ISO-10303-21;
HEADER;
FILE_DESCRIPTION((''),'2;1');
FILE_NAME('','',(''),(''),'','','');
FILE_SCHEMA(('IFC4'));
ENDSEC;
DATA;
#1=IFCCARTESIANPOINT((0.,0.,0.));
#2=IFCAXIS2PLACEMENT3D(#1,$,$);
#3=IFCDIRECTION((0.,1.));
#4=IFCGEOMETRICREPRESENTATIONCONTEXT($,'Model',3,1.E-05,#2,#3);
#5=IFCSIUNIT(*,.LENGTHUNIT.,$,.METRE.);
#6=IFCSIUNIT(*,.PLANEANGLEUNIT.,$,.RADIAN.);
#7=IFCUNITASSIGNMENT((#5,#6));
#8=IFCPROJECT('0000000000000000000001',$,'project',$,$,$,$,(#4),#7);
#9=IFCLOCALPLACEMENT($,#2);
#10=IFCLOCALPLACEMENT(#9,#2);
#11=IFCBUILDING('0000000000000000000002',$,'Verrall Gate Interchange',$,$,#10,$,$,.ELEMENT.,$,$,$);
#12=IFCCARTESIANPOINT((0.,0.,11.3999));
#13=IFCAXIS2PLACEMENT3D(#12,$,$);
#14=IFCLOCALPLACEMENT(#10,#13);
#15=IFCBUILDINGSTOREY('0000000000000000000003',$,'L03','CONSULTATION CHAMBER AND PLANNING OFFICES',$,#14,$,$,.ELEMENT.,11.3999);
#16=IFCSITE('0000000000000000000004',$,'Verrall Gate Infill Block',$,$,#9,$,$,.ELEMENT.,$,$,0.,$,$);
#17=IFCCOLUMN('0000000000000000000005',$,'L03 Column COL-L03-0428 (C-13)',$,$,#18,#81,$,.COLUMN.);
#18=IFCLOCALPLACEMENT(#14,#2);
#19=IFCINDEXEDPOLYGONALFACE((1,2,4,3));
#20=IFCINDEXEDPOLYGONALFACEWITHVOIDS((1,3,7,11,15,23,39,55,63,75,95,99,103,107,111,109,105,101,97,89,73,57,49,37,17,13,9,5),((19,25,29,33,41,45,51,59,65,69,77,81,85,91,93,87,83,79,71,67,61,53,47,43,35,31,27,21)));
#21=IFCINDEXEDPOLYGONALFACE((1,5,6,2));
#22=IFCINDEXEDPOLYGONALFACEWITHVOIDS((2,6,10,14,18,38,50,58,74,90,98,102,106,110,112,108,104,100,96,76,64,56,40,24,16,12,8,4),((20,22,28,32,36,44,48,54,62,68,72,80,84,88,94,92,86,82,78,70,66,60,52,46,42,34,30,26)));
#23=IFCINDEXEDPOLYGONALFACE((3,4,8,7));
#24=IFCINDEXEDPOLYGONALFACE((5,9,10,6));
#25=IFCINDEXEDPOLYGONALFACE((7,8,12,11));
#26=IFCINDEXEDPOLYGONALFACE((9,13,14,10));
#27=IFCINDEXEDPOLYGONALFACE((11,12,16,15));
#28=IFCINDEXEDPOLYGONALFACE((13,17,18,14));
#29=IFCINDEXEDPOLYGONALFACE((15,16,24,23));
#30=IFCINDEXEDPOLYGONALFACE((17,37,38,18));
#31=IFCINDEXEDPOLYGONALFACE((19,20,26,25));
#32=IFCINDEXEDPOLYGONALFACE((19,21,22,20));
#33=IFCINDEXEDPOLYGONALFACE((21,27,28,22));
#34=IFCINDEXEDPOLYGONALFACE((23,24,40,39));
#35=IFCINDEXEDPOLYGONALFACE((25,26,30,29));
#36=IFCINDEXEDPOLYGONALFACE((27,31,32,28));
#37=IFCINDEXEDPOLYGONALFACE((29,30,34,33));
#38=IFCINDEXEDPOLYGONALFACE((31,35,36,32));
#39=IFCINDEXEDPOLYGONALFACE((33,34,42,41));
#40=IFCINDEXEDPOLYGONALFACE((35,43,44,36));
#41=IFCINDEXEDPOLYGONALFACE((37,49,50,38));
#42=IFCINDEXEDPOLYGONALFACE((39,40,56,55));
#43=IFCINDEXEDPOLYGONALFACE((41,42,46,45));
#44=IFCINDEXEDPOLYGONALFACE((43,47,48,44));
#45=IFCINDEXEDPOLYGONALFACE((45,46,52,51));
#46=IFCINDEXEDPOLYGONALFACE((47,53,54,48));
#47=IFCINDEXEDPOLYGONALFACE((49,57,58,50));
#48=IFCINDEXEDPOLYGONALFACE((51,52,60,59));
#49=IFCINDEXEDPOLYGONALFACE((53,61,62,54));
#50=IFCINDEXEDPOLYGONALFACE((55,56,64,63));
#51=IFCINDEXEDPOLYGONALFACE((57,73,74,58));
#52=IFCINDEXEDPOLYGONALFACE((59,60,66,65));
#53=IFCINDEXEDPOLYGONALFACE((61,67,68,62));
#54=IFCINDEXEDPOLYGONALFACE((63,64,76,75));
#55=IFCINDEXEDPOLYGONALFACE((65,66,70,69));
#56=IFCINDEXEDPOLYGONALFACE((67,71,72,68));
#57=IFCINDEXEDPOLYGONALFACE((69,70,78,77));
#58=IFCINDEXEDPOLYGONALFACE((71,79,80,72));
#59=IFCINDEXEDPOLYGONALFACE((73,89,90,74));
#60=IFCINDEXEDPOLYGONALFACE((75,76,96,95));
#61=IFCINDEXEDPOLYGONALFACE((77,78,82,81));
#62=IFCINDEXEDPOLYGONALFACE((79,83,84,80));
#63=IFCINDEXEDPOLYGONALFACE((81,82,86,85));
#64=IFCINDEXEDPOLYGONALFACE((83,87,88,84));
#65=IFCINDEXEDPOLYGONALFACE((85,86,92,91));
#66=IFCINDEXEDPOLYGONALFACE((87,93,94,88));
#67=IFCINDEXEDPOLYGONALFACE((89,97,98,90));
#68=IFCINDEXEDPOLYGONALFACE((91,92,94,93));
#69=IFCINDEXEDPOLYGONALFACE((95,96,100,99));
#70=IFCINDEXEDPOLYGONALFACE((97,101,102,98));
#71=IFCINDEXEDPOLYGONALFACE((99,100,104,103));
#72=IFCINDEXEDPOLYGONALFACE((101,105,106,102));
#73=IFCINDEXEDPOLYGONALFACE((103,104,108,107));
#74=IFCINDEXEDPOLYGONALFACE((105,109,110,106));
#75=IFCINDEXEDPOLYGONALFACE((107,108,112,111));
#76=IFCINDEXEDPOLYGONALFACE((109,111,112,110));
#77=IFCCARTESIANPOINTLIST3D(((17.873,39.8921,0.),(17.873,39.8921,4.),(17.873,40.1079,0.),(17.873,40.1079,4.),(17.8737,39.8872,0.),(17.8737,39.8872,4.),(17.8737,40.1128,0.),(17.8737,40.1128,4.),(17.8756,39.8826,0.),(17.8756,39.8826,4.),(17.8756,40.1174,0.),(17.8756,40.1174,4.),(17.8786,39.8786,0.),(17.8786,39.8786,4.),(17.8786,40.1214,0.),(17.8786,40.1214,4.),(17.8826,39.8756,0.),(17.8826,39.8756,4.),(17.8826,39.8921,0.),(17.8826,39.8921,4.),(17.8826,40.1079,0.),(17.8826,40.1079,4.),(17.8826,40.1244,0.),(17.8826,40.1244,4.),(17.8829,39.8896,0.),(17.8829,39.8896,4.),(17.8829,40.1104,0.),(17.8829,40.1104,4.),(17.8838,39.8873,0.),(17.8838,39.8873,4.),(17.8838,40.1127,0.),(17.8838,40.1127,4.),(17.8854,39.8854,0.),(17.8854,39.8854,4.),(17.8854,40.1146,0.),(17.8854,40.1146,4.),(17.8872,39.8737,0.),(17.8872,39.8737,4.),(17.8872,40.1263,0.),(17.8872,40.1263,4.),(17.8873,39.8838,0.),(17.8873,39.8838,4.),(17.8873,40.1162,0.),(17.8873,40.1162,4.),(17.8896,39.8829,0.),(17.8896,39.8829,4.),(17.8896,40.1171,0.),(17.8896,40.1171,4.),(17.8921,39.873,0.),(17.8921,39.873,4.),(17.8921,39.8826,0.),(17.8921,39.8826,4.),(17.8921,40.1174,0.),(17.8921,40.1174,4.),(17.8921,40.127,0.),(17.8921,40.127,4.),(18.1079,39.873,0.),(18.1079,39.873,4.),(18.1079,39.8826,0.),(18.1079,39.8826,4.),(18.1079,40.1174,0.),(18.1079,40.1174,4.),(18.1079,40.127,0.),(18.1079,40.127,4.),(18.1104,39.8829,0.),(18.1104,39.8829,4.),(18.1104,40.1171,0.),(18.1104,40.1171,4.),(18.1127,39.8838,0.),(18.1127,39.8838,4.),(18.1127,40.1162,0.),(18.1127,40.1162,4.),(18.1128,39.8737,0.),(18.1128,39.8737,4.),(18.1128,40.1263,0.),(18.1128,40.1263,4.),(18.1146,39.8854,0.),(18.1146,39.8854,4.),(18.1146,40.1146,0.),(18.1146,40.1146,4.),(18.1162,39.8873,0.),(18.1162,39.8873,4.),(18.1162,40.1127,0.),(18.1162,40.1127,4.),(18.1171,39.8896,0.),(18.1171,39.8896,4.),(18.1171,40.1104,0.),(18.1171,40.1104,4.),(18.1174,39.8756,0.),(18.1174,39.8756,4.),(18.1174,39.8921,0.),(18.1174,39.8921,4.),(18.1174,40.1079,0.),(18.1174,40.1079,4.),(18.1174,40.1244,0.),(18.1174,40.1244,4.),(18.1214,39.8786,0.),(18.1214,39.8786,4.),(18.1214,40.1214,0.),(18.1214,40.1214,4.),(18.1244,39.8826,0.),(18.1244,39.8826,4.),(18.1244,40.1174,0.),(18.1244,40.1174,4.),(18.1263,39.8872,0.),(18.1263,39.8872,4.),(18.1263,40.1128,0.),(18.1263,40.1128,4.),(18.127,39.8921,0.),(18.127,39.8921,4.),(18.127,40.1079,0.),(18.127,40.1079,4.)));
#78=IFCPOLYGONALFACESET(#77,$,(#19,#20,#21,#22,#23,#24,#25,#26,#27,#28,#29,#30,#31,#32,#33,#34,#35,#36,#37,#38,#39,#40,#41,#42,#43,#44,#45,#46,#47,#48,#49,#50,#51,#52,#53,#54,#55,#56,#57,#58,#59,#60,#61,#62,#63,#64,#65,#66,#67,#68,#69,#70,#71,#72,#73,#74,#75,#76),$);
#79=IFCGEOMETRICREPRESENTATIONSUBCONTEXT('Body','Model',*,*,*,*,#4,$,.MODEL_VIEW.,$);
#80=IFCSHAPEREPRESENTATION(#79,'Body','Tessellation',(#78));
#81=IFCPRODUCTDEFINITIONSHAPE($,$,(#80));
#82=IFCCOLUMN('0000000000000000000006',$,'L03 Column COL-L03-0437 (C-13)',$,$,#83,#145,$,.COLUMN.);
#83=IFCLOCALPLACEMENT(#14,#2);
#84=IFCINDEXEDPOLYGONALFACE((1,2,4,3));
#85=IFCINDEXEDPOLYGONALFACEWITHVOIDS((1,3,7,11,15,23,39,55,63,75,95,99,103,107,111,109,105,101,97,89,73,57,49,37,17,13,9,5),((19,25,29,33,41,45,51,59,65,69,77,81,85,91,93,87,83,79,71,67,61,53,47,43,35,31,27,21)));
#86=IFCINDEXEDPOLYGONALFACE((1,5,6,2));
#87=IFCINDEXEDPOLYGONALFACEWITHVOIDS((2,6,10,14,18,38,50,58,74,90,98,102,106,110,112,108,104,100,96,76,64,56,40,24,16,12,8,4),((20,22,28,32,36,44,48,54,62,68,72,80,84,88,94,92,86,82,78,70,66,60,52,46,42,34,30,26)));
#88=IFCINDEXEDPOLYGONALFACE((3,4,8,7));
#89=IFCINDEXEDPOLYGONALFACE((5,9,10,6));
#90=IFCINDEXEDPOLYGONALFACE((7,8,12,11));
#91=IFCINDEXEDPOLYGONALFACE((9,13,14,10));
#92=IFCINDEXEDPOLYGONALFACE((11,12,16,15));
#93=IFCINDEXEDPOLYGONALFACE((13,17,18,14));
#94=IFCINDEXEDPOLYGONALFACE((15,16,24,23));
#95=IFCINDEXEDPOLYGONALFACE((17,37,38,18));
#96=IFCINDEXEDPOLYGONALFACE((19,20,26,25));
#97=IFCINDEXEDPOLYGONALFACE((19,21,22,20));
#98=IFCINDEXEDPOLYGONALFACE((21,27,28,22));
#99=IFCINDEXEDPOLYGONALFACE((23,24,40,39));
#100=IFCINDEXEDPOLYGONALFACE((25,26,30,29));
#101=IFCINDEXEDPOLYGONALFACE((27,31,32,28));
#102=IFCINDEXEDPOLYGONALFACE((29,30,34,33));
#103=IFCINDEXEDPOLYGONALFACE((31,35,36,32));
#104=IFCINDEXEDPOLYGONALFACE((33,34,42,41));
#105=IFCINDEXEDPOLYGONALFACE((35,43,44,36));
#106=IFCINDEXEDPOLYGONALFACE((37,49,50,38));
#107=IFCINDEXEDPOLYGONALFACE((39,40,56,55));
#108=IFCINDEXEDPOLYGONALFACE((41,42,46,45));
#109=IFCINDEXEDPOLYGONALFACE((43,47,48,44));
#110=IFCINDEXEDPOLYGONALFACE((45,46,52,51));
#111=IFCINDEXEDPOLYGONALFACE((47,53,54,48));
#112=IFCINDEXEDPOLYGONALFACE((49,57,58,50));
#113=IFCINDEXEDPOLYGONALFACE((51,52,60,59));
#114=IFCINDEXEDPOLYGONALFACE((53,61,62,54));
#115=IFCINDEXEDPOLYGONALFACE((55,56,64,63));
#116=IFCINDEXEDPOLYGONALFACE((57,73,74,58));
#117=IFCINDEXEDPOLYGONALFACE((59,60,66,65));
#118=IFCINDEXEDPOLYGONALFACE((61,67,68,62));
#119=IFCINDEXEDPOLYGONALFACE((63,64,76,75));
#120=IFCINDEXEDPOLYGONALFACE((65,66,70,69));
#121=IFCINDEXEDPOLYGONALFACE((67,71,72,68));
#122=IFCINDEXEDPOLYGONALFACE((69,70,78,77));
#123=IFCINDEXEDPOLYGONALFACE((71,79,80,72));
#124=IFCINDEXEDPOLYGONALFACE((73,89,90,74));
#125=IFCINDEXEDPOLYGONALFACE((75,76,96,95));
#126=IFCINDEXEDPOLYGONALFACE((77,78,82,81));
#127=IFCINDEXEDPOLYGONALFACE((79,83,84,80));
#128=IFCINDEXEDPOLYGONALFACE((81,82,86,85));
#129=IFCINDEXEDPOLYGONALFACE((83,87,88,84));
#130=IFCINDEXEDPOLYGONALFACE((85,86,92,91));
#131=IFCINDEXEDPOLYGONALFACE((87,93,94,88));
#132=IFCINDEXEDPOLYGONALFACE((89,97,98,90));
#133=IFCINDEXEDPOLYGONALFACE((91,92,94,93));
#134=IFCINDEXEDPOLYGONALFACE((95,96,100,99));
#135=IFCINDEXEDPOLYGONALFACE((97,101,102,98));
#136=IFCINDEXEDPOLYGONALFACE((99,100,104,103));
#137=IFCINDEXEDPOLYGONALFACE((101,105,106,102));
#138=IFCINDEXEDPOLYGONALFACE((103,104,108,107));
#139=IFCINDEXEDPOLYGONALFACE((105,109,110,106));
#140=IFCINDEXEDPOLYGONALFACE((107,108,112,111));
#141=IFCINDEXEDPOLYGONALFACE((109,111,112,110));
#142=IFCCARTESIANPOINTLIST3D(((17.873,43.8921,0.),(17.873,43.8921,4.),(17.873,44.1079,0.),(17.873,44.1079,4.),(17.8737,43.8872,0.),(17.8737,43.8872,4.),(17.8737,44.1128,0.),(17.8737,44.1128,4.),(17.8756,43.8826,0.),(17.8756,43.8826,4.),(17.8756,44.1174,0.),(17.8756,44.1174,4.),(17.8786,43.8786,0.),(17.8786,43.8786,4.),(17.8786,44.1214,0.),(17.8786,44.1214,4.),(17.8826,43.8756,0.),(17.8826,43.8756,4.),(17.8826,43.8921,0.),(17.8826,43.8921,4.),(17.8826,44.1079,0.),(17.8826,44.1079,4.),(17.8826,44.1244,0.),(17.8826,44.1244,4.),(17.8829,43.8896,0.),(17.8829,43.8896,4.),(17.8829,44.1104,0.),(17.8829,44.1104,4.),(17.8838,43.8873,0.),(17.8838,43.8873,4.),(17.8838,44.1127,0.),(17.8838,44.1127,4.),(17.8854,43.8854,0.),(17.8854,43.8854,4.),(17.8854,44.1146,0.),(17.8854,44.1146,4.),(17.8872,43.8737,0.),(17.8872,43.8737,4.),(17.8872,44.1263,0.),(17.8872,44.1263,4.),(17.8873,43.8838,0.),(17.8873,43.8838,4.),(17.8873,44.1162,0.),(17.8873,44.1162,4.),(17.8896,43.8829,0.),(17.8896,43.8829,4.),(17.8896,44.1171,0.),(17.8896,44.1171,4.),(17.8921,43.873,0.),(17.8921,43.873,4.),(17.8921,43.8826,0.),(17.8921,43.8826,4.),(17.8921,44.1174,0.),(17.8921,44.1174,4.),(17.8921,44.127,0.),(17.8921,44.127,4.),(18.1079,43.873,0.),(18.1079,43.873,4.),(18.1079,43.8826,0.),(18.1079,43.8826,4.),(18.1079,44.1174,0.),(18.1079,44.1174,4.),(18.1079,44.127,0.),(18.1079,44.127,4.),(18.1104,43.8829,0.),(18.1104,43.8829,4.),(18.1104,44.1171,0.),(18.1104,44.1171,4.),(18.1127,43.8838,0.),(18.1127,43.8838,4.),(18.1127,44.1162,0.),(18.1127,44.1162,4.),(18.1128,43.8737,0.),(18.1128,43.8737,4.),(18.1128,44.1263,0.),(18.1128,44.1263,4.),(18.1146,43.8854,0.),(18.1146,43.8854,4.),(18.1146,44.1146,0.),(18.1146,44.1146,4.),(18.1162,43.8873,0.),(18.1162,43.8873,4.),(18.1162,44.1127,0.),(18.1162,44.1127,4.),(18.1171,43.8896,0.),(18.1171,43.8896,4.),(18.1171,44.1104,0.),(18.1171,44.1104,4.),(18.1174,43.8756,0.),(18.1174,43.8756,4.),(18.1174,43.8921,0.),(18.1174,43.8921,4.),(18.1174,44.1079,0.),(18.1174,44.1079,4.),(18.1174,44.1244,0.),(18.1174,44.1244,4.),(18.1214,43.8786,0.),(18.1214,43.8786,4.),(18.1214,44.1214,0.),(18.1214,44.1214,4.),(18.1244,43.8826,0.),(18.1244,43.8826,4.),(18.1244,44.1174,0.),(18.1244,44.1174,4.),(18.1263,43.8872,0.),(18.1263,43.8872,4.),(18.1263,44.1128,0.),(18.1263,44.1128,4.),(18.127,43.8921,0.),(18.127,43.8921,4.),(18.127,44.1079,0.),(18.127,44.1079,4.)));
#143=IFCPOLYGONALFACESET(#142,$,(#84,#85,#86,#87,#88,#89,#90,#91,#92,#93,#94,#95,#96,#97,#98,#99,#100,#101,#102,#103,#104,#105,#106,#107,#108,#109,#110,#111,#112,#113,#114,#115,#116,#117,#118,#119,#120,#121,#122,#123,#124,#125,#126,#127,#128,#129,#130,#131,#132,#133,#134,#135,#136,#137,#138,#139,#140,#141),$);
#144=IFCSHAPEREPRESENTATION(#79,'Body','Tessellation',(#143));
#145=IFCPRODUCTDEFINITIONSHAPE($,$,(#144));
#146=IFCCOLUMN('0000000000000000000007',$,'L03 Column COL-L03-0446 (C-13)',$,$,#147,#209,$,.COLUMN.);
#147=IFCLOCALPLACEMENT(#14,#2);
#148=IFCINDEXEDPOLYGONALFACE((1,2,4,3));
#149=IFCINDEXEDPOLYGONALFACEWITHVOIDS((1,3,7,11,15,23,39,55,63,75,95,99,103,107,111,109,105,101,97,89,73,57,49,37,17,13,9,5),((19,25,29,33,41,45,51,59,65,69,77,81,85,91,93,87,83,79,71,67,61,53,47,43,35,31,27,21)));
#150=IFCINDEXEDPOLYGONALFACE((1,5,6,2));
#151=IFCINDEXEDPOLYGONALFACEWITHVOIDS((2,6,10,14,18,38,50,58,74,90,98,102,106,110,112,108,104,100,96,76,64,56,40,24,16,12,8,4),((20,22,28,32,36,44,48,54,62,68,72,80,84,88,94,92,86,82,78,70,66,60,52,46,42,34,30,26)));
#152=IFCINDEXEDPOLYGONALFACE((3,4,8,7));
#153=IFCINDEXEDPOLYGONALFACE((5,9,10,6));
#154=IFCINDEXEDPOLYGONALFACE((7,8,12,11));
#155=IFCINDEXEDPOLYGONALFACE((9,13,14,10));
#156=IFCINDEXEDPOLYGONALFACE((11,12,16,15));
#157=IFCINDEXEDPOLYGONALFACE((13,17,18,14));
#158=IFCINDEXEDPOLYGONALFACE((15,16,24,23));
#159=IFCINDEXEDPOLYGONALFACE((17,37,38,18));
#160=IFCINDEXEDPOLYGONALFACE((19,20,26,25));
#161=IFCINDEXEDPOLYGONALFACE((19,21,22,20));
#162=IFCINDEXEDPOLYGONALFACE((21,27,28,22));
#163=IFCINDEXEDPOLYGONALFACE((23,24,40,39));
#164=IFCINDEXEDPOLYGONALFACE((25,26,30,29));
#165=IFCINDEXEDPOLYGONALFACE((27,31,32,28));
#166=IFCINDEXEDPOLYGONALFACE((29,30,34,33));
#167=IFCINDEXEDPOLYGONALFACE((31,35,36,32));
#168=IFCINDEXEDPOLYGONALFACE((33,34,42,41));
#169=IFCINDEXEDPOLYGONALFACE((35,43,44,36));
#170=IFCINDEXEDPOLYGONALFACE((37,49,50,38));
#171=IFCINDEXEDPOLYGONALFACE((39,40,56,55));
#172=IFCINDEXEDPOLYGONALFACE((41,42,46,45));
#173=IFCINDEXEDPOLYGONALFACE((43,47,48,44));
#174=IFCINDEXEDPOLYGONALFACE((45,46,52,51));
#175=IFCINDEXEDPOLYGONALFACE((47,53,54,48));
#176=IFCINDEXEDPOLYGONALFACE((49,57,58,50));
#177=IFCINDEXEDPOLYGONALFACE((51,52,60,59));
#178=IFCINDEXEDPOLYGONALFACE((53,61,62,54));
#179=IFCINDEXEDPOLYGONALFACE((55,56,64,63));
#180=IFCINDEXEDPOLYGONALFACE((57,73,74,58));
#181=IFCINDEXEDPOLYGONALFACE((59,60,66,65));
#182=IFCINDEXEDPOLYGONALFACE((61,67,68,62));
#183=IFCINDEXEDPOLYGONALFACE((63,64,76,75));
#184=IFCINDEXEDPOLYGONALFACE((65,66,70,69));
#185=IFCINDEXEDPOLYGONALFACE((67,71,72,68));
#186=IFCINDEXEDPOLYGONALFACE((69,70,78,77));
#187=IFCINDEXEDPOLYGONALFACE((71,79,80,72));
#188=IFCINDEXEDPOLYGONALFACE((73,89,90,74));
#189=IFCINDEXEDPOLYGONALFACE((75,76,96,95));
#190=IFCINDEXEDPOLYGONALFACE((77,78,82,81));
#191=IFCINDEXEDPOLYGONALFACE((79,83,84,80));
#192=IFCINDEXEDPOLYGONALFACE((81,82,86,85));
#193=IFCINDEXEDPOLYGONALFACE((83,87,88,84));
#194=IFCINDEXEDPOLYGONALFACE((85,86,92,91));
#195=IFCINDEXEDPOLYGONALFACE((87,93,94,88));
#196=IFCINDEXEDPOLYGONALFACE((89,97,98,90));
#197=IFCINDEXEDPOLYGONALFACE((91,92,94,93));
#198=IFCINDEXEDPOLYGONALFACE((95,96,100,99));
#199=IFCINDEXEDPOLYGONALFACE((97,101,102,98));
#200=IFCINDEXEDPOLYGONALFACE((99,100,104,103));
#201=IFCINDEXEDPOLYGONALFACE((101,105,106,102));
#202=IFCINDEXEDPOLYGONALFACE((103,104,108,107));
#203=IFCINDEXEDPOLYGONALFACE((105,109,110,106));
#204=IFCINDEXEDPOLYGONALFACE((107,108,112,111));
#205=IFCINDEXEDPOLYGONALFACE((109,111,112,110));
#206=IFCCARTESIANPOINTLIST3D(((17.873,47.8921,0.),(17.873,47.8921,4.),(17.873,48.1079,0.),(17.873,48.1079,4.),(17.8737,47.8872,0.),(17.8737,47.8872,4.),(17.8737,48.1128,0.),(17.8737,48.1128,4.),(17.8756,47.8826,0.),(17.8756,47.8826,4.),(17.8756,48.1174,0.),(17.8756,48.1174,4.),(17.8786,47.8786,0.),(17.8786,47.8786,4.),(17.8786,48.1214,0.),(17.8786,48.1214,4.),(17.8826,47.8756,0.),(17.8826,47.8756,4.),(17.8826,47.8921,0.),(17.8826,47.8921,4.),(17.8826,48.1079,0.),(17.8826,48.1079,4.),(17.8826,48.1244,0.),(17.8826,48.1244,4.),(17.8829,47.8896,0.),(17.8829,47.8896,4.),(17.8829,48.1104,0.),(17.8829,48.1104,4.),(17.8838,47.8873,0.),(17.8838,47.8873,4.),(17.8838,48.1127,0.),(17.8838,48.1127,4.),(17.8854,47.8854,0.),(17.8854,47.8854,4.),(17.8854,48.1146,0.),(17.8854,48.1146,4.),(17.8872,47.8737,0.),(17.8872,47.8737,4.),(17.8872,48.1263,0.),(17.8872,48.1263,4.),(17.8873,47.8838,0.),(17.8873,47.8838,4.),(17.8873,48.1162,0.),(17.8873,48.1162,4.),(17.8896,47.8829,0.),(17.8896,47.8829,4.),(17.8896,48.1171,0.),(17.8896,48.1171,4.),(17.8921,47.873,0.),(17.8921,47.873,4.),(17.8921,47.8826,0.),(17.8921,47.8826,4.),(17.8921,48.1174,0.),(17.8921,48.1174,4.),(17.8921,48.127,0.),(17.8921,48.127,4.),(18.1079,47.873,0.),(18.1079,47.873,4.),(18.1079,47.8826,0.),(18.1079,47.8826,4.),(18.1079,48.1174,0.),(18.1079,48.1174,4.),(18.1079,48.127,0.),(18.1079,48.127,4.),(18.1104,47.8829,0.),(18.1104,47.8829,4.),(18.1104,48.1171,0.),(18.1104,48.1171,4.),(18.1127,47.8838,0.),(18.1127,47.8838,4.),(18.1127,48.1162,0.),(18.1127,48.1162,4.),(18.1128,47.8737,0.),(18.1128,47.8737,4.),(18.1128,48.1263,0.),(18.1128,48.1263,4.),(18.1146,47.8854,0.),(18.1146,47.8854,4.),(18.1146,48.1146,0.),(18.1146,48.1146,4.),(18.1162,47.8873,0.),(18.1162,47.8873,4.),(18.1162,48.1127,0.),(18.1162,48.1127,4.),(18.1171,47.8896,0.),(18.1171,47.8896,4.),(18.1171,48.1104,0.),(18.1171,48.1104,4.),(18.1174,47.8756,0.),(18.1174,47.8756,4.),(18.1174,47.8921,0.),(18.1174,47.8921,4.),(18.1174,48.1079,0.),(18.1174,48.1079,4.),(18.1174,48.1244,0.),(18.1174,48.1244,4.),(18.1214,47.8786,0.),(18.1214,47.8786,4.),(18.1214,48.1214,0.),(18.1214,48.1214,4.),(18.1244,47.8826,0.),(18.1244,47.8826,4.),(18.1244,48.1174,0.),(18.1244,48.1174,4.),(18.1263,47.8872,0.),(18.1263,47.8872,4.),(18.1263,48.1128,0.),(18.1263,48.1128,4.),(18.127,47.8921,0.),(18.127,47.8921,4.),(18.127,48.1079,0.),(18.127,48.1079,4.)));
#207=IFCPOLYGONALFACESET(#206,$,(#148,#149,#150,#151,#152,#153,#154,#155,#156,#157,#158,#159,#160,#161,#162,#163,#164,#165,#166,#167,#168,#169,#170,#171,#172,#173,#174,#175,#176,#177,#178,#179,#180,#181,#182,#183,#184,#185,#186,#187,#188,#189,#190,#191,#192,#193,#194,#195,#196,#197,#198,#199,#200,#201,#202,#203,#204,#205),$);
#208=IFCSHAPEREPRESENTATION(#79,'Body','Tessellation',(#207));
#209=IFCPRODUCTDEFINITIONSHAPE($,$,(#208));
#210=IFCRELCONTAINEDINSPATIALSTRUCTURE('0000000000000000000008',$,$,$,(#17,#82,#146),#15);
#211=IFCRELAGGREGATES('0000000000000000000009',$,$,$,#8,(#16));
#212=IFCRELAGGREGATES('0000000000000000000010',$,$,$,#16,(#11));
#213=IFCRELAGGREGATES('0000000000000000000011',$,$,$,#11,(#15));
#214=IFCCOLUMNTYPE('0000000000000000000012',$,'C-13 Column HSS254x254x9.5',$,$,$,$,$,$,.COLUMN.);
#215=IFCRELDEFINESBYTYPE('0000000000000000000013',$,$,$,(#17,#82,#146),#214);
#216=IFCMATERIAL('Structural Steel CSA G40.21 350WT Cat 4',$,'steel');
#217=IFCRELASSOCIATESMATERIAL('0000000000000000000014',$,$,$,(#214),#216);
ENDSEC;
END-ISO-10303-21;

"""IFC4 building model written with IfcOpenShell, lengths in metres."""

from ifc_helpers import new_model, si_unit, direction, frame, origin, origin_2d, place, context, subcontext, project, spatial, hollow_rectangle, extrude, material, material_profile, profile_set, type_object, element, save


model = new_model("IFC4")

# Units and contexts
model_context = context("Model", 3, precision=1e-05, world=origin(), true_north=direction((0.0, 1.0)))
body_context = subcontext(model_context, "Body", "Model", "MODEL_VIEW")
ifc_project = project(units=[si_unit("LENGTHUNIT", "METRE"), si_unit("PLANEANGLEUNIT", "RADIAN")], contexts=[model_context])

# Site, building, storey
site_placement = place(None, origin())
site = spatial("IfcSite", under=ifc_project, at=site_placement, Name="Verrall Gate Infill Block", CompositionType="ELEMENT", RefElevation=0.0)
building_placement = place(site_placement, origin())
building = spatial("IfcBuilding", under=site, at=building_placement, Name="Verrall Gate Interchange", CompositionType="ELEMENT")
storey_placement = place(building_placement, frame((0.0, 0.0, 11.3999)))
storey = spatial("IfcBuildingStorey", under=building, at=storey_placement, Name="L03", Description="CONSULTATION CHAMBER AND PLANNING OFFICES", CompositionType="ELEMENT", Elevation=11.3999)

# Columns
ifc_material_1 = material(Name="Structural Steel CSA G40.21 350WT Cat 4", Category="steel")
ifc_material_profile_1 = material_profile(ifc_material_1, hollow_rectangle(XDim=0.2539, YDim=0.2539, WallThickness=0.0095, InnerFilletRadius=0.0095, OuterFilletRadius=0.019, at=origin_2d()), Name="HSS254x254x9.5")
ifc_profile_set_1 = profile_set([ifc_material_profile_1], Name="Structural Steel CSA G40.21 350WT Cat 4")
column_type = type_object("IfcColumnType", Name="C-13 Column HSS254x254x9.5", PredefinedType="COLUMN", material=ifc_profile_set_1)
for number, where, z_axis, x_axis, name in (
    (1, (18.0, 40.0, 0.0), (0.0, 0.0, 1.0), (1.0, 0.0, 0.0), "L03 Column COL-L03-0428 (C-13)"),
    (2, (18.0, 44.0, 0.0), (0.0, 0.0, 1.0), (1.0, 0.0, 0.0), "L03 Column COL-L03-0437 (C-13)"),
    (3, (18.0, 48.0, 0.0), (0.0, 0.0, 1.0), (1.0, 0.0, 0.0), "L03 Column COL-L03-0446 (C-13)"),
):
    element("IfcColumn", number, at=place(storey_placement, frame(where, z_axis=z_axis, x_axis=x_axis)), inside=storey, type_object=column_type, Name=name, PredefinedType="COLUMN", context=body_context, shape_type="SweptSolid", body=[
        extrude(hollow_rectangle(XDim=0.2539, YDim=0.2539, WallThickness=0.0095, InnerFilletRadius=0.0095, OuterFilletRadius=0.019, at=origin_2d()), origin(), (0.0, 0.0, 1.0), 4.0),
    ])

save(model, "model.ifc")
